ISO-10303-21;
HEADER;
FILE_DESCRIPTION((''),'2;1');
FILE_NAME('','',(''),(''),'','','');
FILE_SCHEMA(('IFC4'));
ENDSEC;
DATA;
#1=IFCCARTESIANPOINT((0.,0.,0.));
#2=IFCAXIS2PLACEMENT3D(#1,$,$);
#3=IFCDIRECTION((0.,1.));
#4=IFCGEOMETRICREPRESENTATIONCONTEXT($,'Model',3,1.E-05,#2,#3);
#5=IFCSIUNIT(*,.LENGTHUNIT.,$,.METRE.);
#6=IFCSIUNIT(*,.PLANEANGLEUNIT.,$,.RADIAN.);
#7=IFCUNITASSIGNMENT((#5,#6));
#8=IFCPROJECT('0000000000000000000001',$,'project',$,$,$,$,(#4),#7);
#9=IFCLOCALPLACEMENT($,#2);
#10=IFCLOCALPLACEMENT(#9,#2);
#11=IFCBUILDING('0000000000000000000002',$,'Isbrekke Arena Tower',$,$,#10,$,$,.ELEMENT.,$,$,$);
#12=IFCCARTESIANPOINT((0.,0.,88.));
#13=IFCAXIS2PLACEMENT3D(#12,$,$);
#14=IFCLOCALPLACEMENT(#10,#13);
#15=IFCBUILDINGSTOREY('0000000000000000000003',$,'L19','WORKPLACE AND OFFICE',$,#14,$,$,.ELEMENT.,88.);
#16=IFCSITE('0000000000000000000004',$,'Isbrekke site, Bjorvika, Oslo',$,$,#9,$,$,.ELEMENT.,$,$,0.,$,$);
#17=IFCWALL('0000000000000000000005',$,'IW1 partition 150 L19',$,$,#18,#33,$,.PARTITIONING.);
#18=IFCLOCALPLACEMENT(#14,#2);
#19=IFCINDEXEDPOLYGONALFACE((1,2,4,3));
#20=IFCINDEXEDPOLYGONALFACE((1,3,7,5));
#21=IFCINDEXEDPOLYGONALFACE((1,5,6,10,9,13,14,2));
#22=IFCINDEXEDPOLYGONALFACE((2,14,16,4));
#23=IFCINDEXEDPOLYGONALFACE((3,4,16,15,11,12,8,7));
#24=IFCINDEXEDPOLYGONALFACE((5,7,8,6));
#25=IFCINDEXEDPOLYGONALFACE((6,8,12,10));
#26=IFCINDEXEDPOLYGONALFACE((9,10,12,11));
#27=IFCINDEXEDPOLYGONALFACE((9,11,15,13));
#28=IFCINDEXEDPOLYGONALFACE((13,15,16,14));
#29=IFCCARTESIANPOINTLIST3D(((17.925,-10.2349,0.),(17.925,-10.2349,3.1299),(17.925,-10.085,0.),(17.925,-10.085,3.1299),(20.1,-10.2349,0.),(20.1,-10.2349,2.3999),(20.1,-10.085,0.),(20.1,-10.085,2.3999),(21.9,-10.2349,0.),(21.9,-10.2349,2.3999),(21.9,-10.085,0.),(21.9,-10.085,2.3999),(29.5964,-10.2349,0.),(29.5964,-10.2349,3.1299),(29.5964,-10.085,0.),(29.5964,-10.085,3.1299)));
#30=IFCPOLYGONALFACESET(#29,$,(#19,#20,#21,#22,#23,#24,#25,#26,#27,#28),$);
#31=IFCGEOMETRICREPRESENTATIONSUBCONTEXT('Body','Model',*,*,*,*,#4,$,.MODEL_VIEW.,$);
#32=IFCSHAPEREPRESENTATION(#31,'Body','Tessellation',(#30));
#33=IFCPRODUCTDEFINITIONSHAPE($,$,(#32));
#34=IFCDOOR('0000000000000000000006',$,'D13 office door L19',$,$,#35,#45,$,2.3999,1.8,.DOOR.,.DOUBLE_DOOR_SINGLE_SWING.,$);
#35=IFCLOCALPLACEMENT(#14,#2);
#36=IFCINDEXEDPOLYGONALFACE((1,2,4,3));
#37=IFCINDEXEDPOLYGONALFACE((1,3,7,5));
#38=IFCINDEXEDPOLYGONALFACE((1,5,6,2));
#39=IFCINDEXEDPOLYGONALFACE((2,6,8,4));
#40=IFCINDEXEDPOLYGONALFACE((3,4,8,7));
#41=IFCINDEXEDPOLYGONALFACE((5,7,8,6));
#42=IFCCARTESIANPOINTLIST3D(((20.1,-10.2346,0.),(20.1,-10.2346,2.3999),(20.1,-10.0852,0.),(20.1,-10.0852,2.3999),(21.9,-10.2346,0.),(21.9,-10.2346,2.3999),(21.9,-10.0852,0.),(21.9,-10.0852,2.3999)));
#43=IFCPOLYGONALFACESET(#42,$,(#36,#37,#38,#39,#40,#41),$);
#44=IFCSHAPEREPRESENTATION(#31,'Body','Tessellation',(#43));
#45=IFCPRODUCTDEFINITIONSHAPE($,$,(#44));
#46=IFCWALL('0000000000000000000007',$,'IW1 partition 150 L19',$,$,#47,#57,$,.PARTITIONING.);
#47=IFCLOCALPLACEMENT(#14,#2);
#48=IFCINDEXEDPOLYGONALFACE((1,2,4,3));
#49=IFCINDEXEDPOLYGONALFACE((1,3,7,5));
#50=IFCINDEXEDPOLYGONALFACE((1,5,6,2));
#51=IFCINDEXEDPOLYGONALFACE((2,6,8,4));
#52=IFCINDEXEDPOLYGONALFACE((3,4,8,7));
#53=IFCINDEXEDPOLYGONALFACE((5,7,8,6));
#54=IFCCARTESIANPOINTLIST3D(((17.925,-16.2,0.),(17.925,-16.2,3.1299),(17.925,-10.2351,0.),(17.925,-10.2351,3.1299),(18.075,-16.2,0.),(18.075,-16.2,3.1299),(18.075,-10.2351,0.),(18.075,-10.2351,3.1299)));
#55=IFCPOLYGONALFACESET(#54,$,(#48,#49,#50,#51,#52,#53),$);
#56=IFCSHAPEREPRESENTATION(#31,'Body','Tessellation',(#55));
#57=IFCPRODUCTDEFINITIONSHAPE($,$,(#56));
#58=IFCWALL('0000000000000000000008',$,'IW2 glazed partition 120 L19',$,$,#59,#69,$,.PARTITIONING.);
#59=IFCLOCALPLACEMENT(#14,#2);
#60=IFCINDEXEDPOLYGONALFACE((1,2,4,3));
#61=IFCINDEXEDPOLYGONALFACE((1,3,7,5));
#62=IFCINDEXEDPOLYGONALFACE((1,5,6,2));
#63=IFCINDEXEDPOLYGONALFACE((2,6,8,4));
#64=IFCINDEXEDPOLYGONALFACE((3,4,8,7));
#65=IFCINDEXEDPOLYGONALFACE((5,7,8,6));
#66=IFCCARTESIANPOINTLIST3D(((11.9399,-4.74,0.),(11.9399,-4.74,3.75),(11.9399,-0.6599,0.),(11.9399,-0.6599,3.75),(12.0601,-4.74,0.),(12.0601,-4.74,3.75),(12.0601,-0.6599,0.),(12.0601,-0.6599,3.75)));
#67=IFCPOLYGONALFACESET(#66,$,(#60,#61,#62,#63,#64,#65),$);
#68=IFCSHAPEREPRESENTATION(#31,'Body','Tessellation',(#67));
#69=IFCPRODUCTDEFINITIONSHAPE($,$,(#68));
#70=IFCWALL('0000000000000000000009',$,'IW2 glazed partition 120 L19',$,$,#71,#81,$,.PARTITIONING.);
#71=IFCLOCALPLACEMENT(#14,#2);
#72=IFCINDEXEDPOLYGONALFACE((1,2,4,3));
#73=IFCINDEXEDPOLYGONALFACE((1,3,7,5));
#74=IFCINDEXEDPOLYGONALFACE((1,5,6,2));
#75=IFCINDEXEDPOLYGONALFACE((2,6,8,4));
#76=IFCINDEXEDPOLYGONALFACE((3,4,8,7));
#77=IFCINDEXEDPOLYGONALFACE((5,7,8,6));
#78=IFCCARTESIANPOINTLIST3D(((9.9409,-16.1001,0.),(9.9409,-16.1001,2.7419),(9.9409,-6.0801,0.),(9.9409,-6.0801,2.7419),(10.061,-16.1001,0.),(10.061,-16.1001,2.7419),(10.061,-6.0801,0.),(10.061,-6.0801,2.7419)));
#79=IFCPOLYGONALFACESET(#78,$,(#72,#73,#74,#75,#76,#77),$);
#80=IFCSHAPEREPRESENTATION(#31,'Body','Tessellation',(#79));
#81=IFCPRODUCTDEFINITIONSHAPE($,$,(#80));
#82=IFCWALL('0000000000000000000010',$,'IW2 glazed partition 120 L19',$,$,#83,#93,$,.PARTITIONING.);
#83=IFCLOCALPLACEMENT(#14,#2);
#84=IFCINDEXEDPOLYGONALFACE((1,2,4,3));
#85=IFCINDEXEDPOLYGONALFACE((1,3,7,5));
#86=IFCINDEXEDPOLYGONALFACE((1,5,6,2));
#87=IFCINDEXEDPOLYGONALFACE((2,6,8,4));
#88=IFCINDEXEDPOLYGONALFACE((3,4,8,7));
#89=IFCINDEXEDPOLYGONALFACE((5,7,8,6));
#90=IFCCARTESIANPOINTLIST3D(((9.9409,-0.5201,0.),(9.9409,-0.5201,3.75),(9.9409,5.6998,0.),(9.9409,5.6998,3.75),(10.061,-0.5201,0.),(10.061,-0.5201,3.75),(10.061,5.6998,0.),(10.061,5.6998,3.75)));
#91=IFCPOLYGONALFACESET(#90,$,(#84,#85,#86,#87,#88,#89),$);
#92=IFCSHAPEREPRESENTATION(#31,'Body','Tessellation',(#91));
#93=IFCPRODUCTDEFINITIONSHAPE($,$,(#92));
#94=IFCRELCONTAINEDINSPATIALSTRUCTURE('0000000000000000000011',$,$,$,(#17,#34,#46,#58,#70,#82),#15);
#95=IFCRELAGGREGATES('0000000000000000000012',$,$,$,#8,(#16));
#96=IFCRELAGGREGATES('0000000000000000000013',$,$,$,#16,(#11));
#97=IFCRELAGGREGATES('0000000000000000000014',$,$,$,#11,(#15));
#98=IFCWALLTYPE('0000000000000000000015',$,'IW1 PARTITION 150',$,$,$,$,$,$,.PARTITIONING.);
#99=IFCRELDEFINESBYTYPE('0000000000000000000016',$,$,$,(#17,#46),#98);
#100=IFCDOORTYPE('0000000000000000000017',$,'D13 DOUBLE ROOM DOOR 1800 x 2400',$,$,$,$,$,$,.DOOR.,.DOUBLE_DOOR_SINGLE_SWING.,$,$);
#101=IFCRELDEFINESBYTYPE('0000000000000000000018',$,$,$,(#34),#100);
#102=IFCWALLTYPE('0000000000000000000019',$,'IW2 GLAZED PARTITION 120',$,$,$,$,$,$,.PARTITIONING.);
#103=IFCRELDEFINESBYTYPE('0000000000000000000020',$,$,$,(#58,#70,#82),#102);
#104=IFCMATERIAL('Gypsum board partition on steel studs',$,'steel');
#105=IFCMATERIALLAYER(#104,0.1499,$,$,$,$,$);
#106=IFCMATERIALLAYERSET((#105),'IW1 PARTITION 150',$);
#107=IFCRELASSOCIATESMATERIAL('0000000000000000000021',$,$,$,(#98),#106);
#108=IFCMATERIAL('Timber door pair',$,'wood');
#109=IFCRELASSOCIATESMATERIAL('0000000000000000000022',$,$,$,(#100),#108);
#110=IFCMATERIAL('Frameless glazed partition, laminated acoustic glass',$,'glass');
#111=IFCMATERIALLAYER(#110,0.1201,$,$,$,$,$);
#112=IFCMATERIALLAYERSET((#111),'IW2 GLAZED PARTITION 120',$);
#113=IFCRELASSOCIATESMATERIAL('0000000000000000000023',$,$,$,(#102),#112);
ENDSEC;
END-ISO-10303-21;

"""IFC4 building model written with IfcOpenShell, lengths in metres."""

from ifc_helpers import new_model, si_unit, direction, frame, frame_2d, origin, place, context, subcontext, project, spatial, rectangle, extrude, material, layer, layer_set, type_object, element, fill, save


model = new_model("IFC4")

# Units and contexts
model_context = context("Model", 3, precision=1e-05, world=origin(), true_north=direction((0.0, 1.0)))
body_context = subcontext(model_context, "Body", "Model", "MODEL_VIEW")
ifc_project = project(units=[si_unit("LENGTHUNIT", "METRE"), si_unit("PLANEANGLEUNIT", "RADIAN")], contexts=[model_context])

# Site, building, storey
site_placement = place(None, origin())
site = spatial("IfcSite", under=ifc_project, at=site_placement, Name="Isbrekke site, Bjorvika, Oslo", CompositionType="ELEMENT", RefElevation=0.0)
building_placement = place(site_placement, origin())
building = spatial("IfcBuilding", under=site, at=building_placement, Name="Isbrekke Arena Tower", CompositionType="ELEMENT")
storey_placement = place(building_placement, frame((0.0, 0.0, 88.0)))
storey = spatial("IfcBuildingStorey", under=building, at=storey_placement, Name="L19", Description="WORKPLACE AND OFFICE", CompositionType="ELEMENT", Elevation=88.0)

# Wall, opening, door
ifc_material_1 = material(Name="Gypsum board partition on steel studs", Category="steel")
ifc_layer_1 = layer(ifc_material_1, 0.1499)
ifc_layer_set_1 = layer_set([ifc_layer_1], Name="IW1 PARTITION 150")
wall_type_1 = type_object("IfcWallType", Name="IW1 PARTITION 150", PredefinedType="PARTITIONING", material=ifc_layer_set_1)
wall_1_placement = place(storey_placement, frame((17.925, -10.1599, 0.0), z_axis=(0.0, 0.0, 1.0), x_axis=(1.0, 0.0, 0.0)))
wall_1 = element("IfcWall", 1, at=wall_1_placement, inside=storey, type_object=wall_type_1, Name="IW1 partition 150 L19", PredefinedType="PARTITIONING", context=body_context, shape_type="SweptSolid", body=[
    extrude(rectangle(XDim=11.6714, YDim=0.1499, at=frame_2d((5.8357, 0.0))), origin(), (0.0, 0.0, 1.0), 3.1299),
])
opening_placement = place(wall_1_placement, frame((2.175, 0.0, 0.0)))
opening = element("IfcOpeningElement", 2, at=opening_placement, cuts=wall_1, PredefinedType="OPENING", context=body_context, shape_type="SweptSolid", body=[
    extrude(rectangle(XDim=1.8, YDim=2.3999, at=frame_2d((0.8999, 1.2))), frame((0.0, 0.0898, 0.0), z_axis=(0.0, -1.0, 0.0), x_axis=(1.0, 0.0, 0.0)), (0.0, 0.0, 1.0), 0.1797),
])
ifc_material_2 = material(Name="Timber door pair", Category="wood")
door_type = type_object("IfcDoorType", Name="D13 DOUBLE ROOM DOOR 1800 x 2400", OperationType="DOUBLE_DOOR_SINGLE_SWING", PredefinedType="DOOR", material=ifc_material_2)
door_placement = place(opening_placement, origin())
door = element("IfcDoor", 3, at=door_placement, inside=storey, type_object=door_type, Name="D13 office door L19", OperationType="DOUBLE_DOOR_SINGLE_SWING", OverallHeight=2.3999, OverallWidth=1.8, PredefinedType="DOOR", context=body_context, shape_type="SweptSolid", body=[
    extrude(rectangle(XDim=1.8, YDim=2.3999, at=frame_2d((0.8999, 1.2))), frame((0.0, 0.0747, 0.0), z_axis=(0.0, -1.0, 0.0), x_axis=(1.0, 0.0, 0.0)), (0.0, 0.0, 1.0), 0.1494),
])
fill(opening, door)

# Walls
wall_2_placement = place(storey_placement, frame((18.0, -16.2, 0.0), z_axis=(0.0, 0.0, 1.0), x_axis=(0.0, 1.0, 0.0)))
element("IfcWall", 4, at=wall_2_placement, inside=storey, type_object=wall_type_1, Name="IW1 partition 150 L19", PredefinedType="PARTITIONING", context=body_context, shape_type="SweptSolid", body=[
    extrude(rectangle(XDim=5.9648, YDim=0.1499, at=frame_2d((2.9824, 0.0))), origin(), (0.0, 0.0, 1.0), 3.1299),
])
ifc_material_3 = material(Name="Frameless glazed partition, laminated acoustic glass", Category="glass")
ifc_layer_2 = layer(ifc_material_3, 0.1201)
ifc_layer_set_2 = layer_set([ifc_layer_2], Name="IW2 GLAZED PARTITION 120")
wall_type_2 = type_object("IfcWallType", Name="IW2 GLAZED PARTITION 120", PredefinedType="PARTITIONING", material=ifc_layer_set_2)
wall_3_placement = place(storey_placement, frame((12.0, -4.74, 0.0), z_axis=(0.0, 0.0, 1.0), x_axis=(0.0, 1.0, 0.0)))
element("IfcWall", 5, at=wall_3_placement, inside=storey, type_object=wall_type_2, Name="IW2 glazed partition 120 L19", PredefinedType="PARTITIONING", context=body_context, shape_type="SweptSolid", body=[
    extrude(rectangle(XDim=4.0801, YDim=0.1201, at=frame_2d((2.04, 0.0))), origin(), (0.0, 0.0, 1.0), 3.75),
])
wall_4_placement = place(storey_placement, frame((10.001, -16.1001, 0.0), z_axis=(0.0, 0.0, 1.0), x_axis=(0.0, 1.0, 0.0)))
element("IfcWall", 6, at=wall_4_placement, inside=storey, type_object=wall_type_2, Name="IW2 glazed partition 120 L19", PredefinedType="PARTITIONING", context=body_context, shape_type="SweptSolid", body=[
    extrude(rectangle(XDim=10.02, YDim=0.1201, at=frame_2d((5.01, 0.0))), origin(), (0.0, 0.0, 1.0), 2.7419),
])
wall_5_placement = place(storey_placement, frame((10.001, -0.52, 0.0), z_axis=(0.0, 0.0, 1.0), x_axis=(0.0, 1.0, 0.0)))
element("IfcWall", 7, at=wall_5_placement, inside=storey, type_object=wall_type_2, Name="IW2 glazed partition 120 L19", PredefinedType="PARTITIONING", context=body_context, shape_type="SweptSolid", body=[
    extrude(rectangle(XDim=6.22, YDim=0.1201, at=frame_2d((3.1099, 0.0))), origin(), (0.0, 0.0, 1.0), 3.75),
])

save(model, "model.ifc")
